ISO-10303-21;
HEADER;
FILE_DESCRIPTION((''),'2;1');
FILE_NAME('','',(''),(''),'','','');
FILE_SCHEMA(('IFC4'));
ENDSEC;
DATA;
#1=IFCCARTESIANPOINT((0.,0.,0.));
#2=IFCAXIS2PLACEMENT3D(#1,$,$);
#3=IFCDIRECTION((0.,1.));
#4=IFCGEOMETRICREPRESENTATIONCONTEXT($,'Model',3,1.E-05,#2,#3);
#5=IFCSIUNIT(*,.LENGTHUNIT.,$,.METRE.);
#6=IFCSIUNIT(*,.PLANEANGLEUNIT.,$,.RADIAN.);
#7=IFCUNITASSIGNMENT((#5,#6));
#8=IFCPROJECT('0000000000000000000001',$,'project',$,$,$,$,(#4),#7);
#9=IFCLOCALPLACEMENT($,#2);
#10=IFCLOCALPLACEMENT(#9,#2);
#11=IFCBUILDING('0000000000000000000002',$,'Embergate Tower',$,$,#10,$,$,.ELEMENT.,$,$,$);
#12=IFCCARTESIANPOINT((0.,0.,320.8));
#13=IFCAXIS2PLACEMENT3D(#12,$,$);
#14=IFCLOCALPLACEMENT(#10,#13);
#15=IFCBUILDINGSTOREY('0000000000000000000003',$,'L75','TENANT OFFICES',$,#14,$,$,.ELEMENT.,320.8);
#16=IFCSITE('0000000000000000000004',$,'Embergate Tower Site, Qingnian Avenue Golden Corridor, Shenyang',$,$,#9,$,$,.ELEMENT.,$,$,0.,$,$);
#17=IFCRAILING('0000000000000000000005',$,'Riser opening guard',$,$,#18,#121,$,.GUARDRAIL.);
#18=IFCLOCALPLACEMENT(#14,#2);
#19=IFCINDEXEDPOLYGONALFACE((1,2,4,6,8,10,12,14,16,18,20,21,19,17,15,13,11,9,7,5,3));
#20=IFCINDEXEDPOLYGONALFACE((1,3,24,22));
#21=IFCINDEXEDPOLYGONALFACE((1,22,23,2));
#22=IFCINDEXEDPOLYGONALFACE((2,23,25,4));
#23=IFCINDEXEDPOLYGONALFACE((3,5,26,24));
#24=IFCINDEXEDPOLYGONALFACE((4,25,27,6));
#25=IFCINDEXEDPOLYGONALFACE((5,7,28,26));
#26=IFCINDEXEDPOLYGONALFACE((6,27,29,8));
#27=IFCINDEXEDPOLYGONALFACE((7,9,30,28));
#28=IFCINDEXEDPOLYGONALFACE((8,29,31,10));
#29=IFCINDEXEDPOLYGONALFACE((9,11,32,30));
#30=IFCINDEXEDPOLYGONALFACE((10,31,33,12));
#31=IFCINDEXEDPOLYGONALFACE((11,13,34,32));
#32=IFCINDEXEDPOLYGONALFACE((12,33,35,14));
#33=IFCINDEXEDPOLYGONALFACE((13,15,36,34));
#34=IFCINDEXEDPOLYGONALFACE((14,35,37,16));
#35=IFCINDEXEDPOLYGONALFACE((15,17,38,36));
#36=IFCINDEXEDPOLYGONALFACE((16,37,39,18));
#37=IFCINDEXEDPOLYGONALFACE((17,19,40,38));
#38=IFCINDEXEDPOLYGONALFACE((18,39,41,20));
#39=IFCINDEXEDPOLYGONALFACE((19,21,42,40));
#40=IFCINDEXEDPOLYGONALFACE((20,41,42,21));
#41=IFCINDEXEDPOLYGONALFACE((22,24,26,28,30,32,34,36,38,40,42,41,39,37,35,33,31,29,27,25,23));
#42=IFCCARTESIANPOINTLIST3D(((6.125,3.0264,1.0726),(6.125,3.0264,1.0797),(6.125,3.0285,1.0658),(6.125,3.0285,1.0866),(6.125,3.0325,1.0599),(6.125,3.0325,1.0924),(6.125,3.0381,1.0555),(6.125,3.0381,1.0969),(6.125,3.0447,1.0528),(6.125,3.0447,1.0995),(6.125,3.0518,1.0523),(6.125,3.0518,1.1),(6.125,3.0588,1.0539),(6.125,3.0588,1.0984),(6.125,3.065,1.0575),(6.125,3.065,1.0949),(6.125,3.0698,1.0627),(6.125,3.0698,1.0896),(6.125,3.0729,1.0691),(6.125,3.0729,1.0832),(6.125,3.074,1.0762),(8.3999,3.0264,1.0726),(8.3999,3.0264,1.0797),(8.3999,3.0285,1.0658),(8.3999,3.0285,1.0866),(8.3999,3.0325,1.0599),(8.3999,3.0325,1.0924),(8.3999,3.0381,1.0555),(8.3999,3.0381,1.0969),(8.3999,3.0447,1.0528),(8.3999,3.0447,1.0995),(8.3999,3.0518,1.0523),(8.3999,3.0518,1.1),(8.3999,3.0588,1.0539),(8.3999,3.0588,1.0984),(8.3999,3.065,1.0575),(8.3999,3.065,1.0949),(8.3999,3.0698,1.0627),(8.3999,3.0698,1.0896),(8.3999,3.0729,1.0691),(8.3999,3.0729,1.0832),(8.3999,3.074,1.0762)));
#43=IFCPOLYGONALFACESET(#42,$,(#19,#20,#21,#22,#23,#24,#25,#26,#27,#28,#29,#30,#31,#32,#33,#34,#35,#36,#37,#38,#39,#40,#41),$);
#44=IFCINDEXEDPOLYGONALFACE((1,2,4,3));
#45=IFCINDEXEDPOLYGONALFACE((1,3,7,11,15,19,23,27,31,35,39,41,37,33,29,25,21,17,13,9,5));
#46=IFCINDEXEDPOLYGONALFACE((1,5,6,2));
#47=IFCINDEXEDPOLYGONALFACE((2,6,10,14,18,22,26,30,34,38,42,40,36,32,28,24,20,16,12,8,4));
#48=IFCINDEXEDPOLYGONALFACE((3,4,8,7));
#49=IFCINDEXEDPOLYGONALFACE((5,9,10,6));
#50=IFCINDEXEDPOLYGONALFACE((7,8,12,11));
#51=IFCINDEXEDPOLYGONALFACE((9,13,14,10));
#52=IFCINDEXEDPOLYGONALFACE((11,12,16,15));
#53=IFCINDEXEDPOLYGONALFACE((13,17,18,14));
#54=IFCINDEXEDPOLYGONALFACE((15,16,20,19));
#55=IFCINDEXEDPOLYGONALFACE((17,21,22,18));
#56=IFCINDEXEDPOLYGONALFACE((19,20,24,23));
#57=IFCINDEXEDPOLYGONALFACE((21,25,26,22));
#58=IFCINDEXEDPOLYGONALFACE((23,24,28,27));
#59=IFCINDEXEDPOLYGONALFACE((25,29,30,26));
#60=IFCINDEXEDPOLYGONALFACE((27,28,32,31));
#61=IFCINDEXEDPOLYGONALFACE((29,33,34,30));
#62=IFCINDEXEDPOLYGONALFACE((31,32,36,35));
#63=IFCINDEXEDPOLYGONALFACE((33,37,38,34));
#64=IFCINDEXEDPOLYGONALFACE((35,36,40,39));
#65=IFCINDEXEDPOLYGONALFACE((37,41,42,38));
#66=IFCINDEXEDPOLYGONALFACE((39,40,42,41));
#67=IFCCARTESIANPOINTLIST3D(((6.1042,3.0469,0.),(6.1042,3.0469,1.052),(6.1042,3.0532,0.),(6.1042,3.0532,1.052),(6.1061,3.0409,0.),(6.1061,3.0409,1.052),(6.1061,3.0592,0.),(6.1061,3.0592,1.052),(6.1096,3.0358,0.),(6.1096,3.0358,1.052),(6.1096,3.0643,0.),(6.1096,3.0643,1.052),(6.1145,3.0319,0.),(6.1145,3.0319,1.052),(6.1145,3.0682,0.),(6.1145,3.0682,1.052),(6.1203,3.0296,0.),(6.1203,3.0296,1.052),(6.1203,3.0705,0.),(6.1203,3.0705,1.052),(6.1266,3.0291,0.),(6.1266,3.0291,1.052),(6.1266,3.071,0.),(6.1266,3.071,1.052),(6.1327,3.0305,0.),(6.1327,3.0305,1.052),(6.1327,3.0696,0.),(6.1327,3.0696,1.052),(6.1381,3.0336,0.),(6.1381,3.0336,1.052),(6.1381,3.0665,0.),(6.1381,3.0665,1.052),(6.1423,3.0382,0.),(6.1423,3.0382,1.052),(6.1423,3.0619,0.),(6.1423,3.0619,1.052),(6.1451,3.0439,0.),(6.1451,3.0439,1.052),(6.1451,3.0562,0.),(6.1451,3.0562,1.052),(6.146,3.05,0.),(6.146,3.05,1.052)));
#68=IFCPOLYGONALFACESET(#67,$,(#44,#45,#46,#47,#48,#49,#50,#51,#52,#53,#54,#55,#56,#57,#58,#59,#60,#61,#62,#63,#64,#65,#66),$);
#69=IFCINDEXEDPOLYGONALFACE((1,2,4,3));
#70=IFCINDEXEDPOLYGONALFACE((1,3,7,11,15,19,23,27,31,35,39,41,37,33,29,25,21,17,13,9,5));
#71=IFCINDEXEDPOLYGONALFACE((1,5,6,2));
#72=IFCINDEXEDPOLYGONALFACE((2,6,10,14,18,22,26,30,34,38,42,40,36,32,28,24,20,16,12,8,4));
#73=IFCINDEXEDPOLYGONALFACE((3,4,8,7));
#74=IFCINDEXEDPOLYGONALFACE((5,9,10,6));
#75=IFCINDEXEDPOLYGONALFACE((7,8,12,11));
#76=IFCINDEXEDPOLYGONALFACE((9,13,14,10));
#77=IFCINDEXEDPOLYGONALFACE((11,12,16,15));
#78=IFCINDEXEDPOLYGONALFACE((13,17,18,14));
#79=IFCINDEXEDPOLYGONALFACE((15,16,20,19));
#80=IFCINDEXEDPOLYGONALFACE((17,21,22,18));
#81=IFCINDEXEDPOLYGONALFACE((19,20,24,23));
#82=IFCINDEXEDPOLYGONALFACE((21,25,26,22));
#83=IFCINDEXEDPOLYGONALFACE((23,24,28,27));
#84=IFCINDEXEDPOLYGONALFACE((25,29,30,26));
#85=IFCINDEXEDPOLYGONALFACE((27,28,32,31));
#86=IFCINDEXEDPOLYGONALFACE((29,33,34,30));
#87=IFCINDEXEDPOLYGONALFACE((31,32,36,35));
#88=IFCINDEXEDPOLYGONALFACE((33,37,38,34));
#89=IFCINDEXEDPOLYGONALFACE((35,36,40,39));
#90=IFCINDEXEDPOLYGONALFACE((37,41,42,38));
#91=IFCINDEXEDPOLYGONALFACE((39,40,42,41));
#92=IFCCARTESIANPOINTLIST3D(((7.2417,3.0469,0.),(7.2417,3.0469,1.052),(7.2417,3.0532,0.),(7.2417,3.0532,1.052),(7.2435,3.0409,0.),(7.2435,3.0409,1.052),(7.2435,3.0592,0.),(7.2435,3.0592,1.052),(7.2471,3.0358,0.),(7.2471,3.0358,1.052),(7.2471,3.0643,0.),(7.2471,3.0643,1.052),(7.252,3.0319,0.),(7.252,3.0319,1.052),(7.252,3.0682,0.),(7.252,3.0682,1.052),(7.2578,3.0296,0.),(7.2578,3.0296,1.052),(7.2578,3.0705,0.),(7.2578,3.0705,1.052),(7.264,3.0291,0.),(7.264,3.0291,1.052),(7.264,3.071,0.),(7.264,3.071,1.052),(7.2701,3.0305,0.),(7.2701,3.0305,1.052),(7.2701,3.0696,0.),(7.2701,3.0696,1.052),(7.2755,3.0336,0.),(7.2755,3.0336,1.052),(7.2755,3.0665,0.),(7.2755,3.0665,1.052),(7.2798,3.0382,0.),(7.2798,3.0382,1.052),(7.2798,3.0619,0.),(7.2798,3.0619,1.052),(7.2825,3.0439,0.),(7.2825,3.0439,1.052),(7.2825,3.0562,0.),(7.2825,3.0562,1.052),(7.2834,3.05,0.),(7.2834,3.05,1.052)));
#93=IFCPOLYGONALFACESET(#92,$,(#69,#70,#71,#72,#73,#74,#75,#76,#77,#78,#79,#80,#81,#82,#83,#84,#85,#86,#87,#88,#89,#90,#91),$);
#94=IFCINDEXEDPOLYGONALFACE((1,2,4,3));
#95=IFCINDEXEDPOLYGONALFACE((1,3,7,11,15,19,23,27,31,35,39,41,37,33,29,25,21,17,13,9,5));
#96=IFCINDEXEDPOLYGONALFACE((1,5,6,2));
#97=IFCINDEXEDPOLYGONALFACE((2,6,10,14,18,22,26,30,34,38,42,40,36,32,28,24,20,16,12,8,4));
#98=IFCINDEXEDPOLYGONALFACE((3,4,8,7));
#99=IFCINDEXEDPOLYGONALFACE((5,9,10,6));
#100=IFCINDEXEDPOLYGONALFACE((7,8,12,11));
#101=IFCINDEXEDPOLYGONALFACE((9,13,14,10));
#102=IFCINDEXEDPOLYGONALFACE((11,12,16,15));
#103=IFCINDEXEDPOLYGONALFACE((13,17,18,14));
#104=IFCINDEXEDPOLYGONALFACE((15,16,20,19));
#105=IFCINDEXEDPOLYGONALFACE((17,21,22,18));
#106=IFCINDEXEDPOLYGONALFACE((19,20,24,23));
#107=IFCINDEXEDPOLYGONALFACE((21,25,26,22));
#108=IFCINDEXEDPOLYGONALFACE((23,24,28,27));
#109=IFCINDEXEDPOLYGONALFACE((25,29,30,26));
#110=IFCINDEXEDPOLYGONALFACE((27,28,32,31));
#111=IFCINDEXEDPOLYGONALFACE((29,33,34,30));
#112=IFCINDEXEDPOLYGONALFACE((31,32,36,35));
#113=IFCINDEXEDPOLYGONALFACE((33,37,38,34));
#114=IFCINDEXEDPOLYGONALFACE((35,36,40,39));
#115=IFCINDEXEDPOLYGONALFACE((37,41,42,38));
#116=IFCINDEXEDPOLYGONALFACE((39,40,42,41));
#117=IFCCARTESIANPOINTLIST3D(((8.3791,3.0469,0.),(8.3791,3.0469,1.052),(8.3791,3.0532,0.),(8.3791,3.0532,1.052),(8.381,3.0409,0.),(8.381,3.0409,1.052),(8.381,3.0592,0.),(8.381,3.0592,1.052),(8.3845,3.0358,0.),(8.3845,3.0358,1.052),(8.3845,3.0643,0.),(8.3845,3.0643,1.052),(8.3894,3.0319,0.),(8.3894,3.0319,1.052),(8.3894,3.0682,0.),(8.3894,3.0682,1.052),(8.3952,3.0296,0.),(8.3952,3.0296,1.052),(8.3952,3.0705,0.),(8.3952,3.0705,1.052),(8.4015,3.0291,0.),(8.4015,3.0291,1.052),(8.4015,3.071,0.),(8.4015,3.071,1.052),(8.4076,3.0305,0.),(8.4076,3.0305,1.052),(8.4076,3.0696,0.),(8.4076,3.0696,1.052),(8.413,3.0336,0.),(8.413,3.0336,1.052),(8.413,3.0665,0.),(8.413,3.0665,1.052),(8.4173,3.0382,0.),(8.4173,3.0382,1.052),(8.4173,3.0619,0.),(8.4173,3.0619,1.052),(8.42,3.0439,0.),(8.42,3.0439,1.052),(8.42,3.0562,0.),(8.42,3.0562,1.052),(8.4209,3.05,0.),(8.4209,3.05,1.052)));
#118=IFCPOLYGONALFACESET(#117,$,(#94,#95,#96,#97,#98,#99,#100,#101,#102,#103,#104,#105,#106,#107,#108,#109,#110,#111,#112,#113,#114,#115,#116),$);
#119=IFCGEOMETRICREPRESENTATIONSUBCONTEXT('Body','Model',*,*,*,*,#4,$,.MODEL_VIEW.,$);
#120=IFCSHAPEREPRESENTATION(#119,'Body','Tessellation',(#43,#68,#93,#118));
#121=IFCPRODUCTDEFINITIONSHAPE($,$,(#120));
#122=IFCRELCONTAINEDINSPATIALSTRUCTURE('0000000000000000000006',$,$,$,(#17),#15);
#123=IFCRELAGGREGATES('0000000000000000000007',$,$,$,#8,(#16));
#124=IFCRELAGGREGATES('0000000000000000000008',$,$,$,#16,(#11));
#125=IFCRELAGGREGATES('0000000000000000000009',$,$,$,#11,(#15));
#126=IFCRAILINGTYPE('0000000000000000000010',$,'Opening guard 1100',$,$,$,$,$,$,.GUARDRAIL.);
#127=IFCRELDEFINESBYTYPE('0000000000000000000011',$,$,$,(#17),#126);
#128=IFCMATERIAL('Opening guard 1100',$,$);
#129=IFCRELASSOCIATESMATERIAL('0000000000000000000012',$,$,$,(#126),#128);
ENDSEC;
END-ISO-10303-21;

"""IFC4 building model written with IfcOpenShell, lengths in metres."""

from ifc_helpers import new_model, si_unit, direction, frame, origin, origin_2d, place, context, subcontext, project, spatial, circle, extrude, source, transform, mapped, material, type_object, element, save


model = new_model("IFC4")

# Units and contexts
model_context = context("Model", 3, precision=1e-05, world=origin(), true_north=direction((0.0, 1.0)))
body_context = subcontext(model_context, "Body", "Model", "MODEL_VIEW")
ifc_project = project(units=[si_unit("LENGTHUNIT", "METRE"), si_unit("PLANEANGLEUNIT", "RADIAN")], contexts=[model_context])

# Site, building, storey
site_placement = place(None, origin())
site = spatial("IfcSite", under=ifc_project, at=site_placement, Name="Embergate Tower Site, Qingnian Avenue Golden Corridor, Shenyang", CompositionType="ELEMENT", RefElevation=0.0)
building_placement = place(site_placement, origin())
building = spatial("IfcBuilding", under=site, at=building_placement, Name="Embergate Tower", CompositionType="ELEMENT")
storey_placement = place(building_placement, frame((0.0, 0.0, 320.8)))
storey = spatial("IfcBuildingStorey", under=building, at=storey_placement, Name="L75", Description="TENANT OFFICES", CompositionType="ELEMENT", Elevation=320.8)

# Railing
ifc_material_1 = material(Name="Opening guard 1100")
railing_type = type_object("IfcRailingType", Name="Opening guard 1100", PredefinedType="GUARDRAIL", material=ifc_material_1)
shared_shape_1 = source(origin(), body_context, "Body", "SweptSolid", [
    extrude(circle(Radius=0.0239, at=origin_2d()), frame((0.0, 0.0, 1.0762), z_axis=(1.0, 0.0, 0.0), x_axis=(0.0, 1.0, 0.0)), (0.0, 0.0, 1.0), 2.2749),
    extrude(circle(Radius=0.021, at=origin_2d()), origin(), (0.0, 0.0, 1.0), 1.052),
    extrude(circle(Radius=0.021, at=origin_2d()), frame((1.1375, 0.0, 0.0)), (0.0, 0.0, 1.0), 1.052),
    extrude(circle(Radius=0.021, at=origin_2d()), frame((2.2749, 0.0, 0.0)), (0.0, 0.0, 1.0), 1.052),
])
railing_1_placement = place(storey_placement, frame((6.125, 3.05, 0.0)))
element("IfcRailing", 1, at=railing_1_placement, inside=storey, type_object=railing_type, Name="Riser opening guard", PredefinedType="GUARDRAIL", context=body_context, shape_type="MappedRepresentation", body=[
    mapped(shared_shape_1, transform((0.0, 0.0, 0.0))),
])

save(model, "model.ifc")
